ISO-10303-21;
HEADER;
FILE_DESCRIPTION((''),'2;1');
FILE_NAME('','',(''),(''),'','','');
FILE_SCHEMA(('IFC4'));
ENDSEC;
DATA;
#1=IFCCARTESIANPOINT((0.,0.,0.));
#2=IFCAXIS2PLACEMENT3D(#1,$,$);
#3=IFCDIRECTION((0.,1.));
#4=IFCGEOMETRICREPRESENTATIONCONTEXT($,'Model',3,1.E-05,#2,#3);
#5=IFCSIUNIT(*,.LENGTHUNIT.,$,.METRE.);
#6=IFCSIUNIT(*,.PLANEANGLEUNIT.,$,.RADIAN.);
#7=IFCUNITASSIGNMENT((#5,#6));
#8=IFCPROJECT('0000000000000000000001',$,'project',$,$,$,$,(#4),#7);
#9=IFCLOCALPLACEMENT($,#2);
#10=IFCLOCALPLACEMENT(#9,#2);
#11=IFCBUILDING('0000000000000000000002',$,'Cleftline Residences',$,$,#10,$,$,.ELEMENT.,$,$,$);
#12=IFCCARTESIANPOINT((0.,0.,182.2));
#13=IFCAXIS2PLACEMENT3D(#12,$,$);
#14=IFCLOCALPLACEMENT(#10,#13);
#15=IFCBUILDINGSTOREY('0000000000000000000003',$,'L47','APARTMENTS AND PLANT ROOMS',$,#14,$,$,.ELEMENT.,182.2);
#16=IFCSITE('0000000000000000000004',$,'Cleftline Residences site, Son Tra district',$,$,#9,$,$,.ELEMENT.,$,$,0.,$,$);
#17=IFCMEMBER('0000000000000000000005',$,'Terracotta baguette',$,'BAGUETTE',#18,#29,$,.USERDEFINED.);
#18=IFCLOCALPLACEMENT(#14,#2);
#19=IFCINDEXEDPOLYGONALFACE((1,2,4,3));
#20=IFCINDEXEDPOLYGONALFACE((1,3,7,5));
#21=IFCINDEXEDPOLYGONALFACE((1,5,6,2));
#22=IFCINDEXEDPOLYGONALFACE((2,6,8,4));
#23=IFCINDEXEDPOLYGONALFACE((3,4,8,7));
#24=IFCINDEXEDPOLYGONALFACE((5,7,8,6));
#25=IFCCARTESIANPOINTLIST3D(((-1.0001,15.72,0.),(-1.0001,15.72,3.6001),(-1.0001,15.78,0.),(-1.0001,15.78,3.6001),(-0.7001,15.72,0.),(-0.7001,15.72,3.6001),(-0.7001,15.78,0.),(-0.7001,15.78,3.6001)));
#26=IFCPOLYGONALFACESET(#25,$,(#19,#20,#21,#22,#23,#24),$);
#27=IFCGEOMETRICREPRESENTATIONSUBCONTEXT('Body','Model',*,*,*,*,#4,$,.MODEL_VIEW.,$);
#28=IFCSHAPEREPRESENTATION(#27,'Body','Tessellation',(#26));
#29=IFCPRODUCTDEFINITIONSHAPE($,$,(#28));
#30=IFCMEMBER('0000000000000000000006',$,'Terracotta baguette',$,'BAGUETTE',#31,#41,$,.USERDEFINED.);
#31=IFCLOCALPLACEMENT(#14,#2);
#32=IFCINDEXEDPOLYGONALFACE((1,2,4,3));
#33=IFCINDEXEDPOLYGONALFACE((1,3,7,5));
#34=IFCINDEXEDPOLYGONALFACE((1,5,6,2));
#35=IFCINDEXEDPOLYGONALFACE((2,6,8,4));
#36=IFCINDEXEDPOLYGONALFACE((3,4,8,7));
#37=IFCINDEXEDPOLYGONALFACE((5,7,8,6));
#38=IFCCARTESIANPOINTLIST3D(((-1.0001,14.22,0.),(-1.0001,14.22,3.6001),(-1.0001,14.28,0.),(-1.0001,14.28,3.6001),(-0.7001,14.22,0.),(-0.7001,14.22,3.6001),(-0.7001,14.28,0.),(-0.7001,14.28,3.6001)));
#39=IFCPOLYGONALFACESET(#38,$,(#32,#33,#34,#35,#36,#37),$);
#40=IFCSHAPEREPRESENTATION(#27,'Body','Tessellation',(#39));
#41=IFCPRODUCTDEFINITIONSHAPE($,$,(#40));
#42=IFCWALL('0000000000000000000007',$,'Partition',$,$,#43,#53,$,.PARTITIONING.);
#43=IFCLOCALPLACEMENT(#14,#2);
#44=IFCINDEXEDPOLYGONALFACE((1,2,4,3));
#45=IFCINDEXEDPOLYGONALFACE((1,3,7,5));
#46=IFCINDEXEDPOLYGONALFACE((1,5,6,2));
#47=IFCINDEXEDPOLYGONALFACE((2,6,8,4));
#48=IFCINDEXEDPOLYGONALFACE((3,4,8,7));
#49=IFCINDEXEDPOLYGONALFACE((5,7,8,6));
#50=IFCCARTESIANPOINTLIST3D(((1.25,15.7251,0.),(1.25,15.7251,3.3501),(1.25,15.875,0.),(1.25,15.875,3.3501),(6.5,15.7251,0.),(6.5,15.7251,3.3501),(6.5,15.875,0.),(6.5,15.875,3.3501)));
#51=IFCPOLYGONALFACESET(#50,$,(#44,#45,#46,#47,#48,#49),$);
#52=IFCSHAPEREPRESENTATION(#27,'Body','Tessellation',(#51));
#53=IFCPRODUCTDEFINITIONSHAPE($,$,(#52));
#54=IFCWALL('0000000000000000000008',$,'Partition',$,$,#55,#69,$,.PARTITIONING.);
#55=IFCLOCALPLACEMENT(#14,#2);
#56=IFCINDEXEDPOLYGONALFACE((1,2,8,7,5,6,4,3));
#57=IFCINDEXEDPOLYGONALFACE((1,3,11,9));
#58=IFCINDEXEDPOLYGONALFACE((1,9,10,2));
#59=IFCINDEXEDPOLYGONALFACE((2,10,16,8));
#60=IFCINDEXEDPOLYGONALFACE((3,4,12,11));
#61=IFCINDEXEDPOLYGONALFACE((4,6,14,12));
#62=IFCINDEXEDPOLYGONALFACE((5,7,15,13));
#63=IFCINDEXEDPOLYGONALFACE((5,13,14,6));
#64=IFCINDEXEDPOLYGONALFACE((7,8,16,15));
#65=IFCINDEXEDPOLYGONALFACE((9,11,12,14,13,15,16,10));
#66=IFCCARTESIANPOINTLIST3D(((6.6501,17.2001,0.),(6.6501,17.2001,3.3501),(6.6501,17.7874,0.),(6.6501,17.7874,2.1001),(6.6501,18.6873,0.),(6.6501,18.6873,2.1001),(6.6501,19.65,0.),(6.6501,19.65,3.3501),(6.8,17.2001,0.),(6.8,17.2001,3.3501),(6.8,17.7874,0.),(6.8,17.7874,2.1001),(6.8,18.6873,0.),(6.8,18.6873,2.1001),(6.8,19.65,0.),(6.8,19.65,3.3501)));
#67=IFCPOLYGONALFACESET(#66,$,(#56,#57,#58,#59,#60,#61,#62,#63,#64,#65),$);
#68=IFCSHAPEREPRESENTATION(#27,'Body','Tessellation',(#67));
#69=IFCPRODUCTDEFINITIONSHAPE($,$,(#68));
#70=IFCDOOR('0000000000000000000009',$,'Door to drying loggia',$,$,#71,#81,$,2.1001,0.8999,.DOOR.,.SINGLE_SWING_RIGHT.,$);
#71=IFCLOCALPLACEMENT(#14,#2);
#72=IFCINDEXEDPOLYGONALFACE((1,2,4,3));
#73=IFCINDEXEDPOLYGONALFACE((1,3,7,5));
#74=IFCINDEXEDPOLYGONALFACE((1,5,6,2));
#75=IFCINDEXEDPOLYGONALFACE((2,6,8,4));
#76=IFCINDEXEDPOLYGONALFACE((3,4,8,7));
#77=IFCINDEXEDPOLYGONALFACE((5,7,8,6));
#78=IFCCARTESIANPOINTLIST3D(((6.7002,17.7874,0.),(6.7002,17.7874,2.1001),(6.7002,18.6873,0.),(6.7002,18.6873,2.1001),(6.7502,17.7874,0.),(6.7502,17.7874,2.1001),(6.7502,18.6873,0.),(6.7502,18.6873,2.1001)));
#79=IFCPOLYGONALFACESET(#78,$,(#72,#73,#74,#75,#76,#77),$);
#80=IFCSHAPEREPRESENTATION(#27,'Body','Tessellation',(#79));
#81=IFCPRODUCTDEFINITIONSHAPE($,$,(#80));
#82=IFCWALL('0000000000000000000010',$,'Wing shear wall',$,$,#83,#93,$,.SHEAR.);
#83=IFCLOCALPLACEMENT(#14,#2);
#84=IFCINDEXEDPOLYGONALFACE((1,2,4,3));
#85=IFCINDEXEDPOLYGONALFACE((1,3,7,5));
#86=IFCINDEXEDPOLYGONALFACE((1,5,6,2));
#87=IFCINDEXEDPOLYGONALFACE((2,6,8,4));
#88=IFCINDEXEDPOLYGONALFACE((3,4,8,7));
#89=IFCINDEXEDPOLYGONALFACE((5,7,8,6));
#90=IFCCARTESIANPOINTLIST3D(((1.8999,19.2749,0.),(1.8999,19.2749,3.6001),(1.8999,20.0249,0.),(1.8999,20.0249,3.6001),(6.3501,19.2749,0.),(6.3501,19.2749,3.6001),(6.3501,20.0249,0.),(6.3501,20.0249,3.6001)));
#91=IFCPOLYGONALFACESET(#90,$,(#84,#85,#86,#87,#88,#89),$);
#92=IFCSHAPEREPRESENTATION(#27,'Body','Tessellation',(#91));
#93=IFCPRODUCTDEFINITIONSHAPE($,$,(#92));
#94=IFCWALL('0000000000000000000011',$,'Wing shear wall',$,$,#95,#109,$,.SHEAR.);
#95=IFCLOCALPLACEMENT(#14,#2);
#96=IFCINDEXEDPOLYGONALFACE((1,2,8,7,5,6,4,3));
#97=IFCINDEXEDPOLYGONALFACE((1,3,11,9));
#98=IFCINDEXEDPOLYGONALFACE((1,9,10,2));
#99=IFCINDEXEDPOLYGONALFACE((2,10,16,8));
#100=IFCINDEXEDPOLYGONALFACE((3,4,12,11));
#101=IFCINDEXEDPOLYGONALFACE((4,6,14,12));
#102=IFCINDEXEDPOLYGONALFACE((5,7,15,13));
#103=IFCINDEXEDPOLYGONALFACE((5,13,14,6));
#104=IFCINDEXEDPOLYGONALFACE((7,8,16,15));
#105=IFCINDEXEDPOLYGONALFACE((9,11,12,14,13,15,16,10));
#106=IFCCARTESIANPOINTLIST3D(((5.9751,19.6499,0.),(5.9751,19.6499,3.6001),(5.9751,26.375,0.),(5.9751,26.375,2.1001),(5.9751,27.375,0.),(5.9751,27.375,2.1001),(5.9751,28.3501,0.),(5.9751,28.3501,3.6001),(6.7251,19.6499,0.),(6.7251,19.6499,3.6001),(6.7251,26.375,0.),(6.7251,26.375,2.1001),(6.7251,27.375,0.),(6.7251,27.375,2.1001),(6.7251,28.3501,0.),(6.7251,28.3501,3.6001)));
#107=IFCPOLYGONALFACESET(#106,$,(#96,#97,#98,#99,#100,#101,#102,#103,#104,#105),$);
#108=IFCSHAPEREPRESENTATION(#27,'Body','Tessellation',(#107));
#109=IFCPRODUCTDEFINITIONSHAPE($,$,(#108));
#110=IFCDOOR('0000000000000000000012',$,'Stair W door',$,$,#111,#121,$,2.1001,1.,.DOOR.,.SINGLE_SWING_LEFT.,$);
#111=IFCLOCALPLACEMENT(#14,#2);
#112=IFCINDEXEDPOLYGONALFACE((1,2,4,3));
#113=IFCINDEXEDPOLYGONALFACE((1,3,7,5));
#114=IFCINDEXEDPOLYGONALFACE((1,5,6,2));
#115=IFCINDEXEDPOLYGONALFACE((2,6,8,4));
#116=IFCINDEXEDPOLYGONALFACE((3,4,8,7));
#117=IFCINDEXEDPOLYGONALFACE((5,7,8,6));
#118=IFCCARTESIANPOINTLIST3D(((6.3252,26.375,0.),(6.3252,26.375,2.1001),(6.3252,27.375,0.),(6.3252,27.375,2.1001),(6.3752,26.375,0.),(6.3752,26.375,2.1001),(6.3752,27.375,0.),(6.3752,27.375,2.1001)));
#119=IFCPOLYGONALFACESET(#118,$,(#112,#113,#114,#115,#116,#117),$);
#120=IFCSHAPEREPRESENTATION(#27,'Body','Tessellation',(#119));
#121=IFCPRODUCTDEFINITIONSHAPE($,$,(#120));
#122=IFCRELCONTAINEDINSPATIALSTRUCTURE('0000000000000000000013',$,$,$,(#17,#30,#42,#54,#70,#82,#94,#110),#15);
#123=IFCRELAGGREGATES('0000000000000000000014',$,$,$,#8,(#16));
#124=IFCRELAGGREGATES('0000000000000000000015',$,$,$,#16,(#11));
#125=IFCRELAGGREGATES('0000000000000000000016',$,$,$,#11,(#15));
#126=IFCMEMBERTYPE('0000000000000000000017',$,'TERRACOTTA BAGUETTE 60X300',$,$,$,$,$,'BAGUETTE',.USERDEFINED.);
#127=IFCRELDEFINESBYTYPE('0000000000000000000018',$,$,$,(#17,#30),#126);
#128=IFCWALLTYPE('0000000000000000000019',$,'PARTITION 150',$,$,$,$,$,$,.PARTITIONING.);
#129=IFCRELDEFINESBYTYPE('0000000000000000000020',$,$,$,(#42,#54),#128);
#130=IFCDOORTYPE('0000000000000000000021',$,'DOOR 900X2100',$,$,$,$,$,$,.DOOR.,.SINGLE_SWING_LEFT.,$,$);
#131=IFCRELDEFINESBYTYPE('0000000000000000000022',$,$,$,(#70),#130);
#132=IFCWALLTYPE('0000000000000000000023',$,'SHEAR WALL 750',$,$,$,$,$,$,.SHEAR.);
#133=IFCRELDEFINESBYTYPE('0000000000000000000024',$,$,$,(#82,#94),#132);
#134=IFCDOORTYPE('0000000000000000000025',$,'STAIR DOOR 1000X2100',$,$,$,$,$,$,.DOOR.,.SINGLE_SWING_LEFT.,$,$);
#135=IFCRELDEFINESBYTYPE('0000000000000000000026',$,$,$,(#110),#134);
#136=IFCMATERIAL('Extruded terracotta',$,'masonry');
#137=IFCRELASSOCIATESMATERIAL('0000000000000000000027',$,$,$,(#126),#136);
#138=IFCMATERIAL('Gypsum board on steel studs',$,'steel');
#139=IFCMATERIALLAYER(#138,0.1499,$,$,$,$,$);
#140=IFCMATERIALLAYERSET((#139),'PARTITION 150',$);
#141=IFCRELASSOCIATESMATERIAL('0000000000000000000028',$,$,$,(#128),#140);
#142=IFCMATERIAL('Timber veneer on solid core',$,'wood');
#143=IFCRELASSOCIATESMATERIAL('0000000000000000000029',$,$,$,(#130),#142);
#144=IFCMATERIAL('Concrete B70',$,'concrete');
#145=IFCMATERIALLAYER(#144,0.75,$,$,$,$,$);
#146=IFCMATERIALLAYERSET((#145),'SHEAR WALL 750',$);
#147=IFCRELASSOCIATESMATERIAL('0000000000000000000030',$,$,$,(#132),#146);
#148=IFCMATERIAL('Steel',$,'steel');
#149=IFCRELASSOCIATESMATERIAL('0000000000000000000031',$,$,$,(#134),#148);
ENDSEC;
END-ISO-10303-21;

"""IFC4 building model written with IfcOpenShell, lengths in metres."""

from ifc_helpers import new_model, si_unit, direction, frame, frame_2d, origin, origin_2d, place, context, subcontext, project, spatial, rectangle, extrude, material, layer, layer_set, material_profile, profile_set, type_object, element, fill, save


model = new_model("IFC4")

# Units and contexts
model_context = context("Model", 3, precision=1e-05, world=origin(), true_north=direction((0.0, 1.0)))
body_context = subcontext(model_context, "Body", "Model", "MODEL_VIEW")
ifc_project = project(units=[si_unit("LENGTHUNIT", "METRE"), si_unit("PLANEANGLEUNIT", "RADIAN")], contexts=[model_context])

# Site, building, storey
site_placement = place(None, origin())
site = spatial("IfcSite", under=ifc_project, at=site_placement, Name="Cleftline Residences site, Son Tra district", CompositionType="ELEMENT", RefElevation=0.0)
building_placement = place(site_placement, origin())
building = spatial("IfcBuilding", under=site, at=building_placement, Name="Cleftline Residences", CompositionType="ELEMENT")
storey_placement = place(building_placement, frame((0.0, 0.0, 182.2)))
storey = spatial("IfcBuildingStorey", under=building, at=storey_placement, Name="L47", Description="APARTMENTS AND PLANT ROOMS", CompositionType="ELEMENT", Elevation=182.2)

# Members
ifc_material_1 = material(Name="Extruded terracotta", Category="masonry")
ifc_material_profile_1 = material_profile(ifc_material_1, rectangle(XDim=0.0601, YDim=0.3, at=origin_2d()))
ifc_profile_set_1 = profile_set([ifc_material_profile_1], Name="Extruded terracotta")
member_type_1 = type_object("IfcMemberType", Name="TERRACOTTA BAGUETTE 60X300", ElementType="BAGUETTE", PredefinedType="USERDEFINED", material=ifc_profile_set_1)
for number, where, z_axis, x_axis, name in (
    (1, (-0.8501, 15.75, 0.0), (0.0, 0.0, 1.0), (0.0, 1.0, 0.0), "Terracotta baguette"),
    (2, (-0.8501, 14.25, 0.0), (0.0, 0.0, 1.0), (0.0, 1.0, 0.0), "Terracotta baguette"),
):
    element("IfcMember", number, at=place(storey_placement, frame(where, z_axis=z_axis, x_axis=x_axis)), inside=storey, type_object=member_type_1, Name=name, ObjectType="BAGUETTE", PredefinedType="USERDEFINED", context=body_context, shape_type="SweptSolid", body=[
        extrude(rectangle(XDim=0.0601, YDim=0.3, at=origin_2d()), origin(), (0.0, 0.0, 1.0), 3.6001),
    ])

# Wall
ifc_material_2 = material(Name="Gypsum board on steel studs", Category="steel")
ifc_layer_1 = layer(ifc_material_2, 0.1499)
ifc_layer_set_1 = layer_set([ifc_layer_1], Name="PARTITION 150")
wall_type_1 = type_object("IfcWallType", Name="PARTITION 150", PredefinedType="PARTITIONING", material=ifc_layer_set_1)
wall_1_placement = place(storey_placement, frame((1.25, 15.8, 0.0), z_axis=(0.0, 0.0, 1.0), x_axis=(1.0, 0.0, 0.0)))
element("IfcWall", 3, at=wall_1_placement, inside=storey, type_object=wall_type_1, Name="Partition", PredefinedType="PARTITIONING", context=body_context, shape_type="SweptSolid", body=[
    extrude(rectangle(XDim=5.25, YDim=0.1499, at=frame_2d((2.625, 0.0))), origin(), (0.0, 0.0, 1.0), 3.3501),
])

# Wall, opening, door
wall_2_placement = place(storey_placement, frame((6.7251, 17.2, 0.0), z_axis=(0.0, 0.0, 1.0), x_axis=(0.0, 1.0, 0.0)))
wall_2 = element("IfcWall", 4, at=wall_2_placement, inside=storey, type_object=wall_type_1, Name="Partition", PredefinedType="PARTITIONING", context=body_context, shape_type="SweptSolid", body=[
    extrude(rectangle(XDim=2.45, YDim=0.1499, at=frame_2d((1.2251, 0.0))), origin(), (0.0, 0.0, 1.0), 3.3501),
])
opening_1_placement = place(wall_2_placement, frame((0.5874, 0.0, 0.0)))
opening_1 = element("IfcOpeningElement", 5, at=opening_1_placement, cuts=wall_2, PredefinedType="OPENING", context=body_context, shape_type="SweptSolid", body=[
    extrude(rectangle(XDim=0.8999, YDim=2.1001, at=frame_2d((0.45, 1.05))), frame((0.0, 0.085, 0.0), z_axis=(0.0, -1.0, 0.0), x_axis=(1.0, 0.0, 0.0)), (0.0, 0.0, 1.0), 0.1699),
])
ifc_material_3 = material(Name="Timber veneer on solid core", Category="wood")
door_type_1 = type_object("IfcDoorType", Name="DOOR 900X2100", OperationType="SINGLE_SWING_LEFT", PredefinedType="DOOR", material=ifc_material_3)
door_1_placement = place(opening_1_placement, origin())
door_1 = element("IfcDoor", 6, at=door_1_placement, inside=storey, type_object=door_type_1, Name="Door to drying loggia", OperationType="SINGLE_SWING_RIGHT", OverallHeight=2.1001, OverallWidth=0.8999, PredefinedType="DOOR", context=body_context, shape_type="SweptSolid", body=[
    extrude(rectangle(XDim=0.8999, YDim=2.1001, at=frame_2d((0.45, 1.05))), frame((0.0, 0.0249, 0.0), z_axis=(0.0, -1.0, 0.0), x_axis=(1.0, 0.0, 0.0)), (0.0, 0.0, 1.0), 0.05),
])
fill(opening_1, door_1)

# Wall
ifc_material_4 = material(Name="Concrete B70", Category="concrete")
ifc_layer_2 = layer(ifc_material_4, 0.75)
ifc_layer_set_2 = layer_set([ifc_layer_2], Name="SHEAR WALL 750")
wall_type_2 = type_object("IfcWallType", Name="SHEAR WALL 750", PredefinedType="SHEAR", material=ifc_layer_set_2)
wall_3_placement = place(storey_placement, frame((1.8999, 19.6499, 0.0), z_axis=(0.0, 0.0, 1.0), x_axis=(1.0, 0.0, 0.0)))
element("IfcWall", 7, at=wall_3_placement, inside=storey, type_object=wall_type_2, Name="Wing shear wall", PredefinedType="SHEAR", context=body_context, shape_type="SweptSolid", body=[
    extrude(rectangle(XDim=4.4502, YDim=0.75, at=frame_2d((2.2251, 0.0))), origin(), (0.0, 0.0, 1.0), 3.6001),
])

# Wall, opening, door
wall_4_placement = place(storey_placement, frame((6.3501, 19.6499, 0.0), z_axis=(0.0, 0.0, 1.0), x_axis=(0.0, 1.0, 0.0)))
wall_4 = element("IfcWall", 8, at=wall_4_placement, inside=storey, type_object=wall_type_2, Name="Wing shear wall", PredefinedType="SHEAR", context=body_context, shape_type="SweptSolid", body=[
    extrude(rectangle(XDim=8.7002, YDim=0.75, at=frame_2d((4.3501, 0.0))), origin(), (0.0, 0.0, 1.0), 3.6001),
])
opening_2_placement = place(wall_4_placement, frame((6.7251, 0.0, 0.0)))
opening_2 = element("IfcOpeningElement", 9, at=opening_2_placement, cuts=wall_4, PredefinedType="OPENING", context=body_context, shape_type="SweptSolid", body=[
    extrude(rectangle(XDim=1.0, YDim=2.1001, at=frame_2d((0.5, 1.05))), frame((0.0, 0.385, 0.0), z_axis=(0.0, -1.0, 0.0), x_axis=(1.0, 0.0, 0.0)), (0.0, 0.0, 1.0), 0.77),
])
ifc_material_5 = material(Name="Steel", Category="steel")
door_type_2 = type_object("IfcDoorType", Name="STAIR DOOR 1000X2100", OperationType="SINGLE_SWING_LEFT", PredefinedType="DOOR", material=ifc_material_5)
door_2_placement = place(opening_2_placement, origin())
door_2 = element("IfcDoor", 10, at=door_2_placement, inside=storey, type_object=door_type_2, Name="Stair W door", OperationType="SINGLE_SWING_LEFT", OverallHeight=2.1001, OverallWidth=1.0, PredefinedType="DOOR", context=body_context, shape_type="SweptSolid", body=[
    extrude(rectangle(XDim=1.0, YDim=2.1001, at=frame_2d((0.5, 1.05))), frame((0.0, 0.0249, 0.0), z_axis=(0.0, -1.0, 0.0), x_axis=(1.0, 0.0, 0.0)), (0.0, 0.0, 1.0), 0.05),
])
fill(opening_2, door_2)

save(model, "model.ifc")
